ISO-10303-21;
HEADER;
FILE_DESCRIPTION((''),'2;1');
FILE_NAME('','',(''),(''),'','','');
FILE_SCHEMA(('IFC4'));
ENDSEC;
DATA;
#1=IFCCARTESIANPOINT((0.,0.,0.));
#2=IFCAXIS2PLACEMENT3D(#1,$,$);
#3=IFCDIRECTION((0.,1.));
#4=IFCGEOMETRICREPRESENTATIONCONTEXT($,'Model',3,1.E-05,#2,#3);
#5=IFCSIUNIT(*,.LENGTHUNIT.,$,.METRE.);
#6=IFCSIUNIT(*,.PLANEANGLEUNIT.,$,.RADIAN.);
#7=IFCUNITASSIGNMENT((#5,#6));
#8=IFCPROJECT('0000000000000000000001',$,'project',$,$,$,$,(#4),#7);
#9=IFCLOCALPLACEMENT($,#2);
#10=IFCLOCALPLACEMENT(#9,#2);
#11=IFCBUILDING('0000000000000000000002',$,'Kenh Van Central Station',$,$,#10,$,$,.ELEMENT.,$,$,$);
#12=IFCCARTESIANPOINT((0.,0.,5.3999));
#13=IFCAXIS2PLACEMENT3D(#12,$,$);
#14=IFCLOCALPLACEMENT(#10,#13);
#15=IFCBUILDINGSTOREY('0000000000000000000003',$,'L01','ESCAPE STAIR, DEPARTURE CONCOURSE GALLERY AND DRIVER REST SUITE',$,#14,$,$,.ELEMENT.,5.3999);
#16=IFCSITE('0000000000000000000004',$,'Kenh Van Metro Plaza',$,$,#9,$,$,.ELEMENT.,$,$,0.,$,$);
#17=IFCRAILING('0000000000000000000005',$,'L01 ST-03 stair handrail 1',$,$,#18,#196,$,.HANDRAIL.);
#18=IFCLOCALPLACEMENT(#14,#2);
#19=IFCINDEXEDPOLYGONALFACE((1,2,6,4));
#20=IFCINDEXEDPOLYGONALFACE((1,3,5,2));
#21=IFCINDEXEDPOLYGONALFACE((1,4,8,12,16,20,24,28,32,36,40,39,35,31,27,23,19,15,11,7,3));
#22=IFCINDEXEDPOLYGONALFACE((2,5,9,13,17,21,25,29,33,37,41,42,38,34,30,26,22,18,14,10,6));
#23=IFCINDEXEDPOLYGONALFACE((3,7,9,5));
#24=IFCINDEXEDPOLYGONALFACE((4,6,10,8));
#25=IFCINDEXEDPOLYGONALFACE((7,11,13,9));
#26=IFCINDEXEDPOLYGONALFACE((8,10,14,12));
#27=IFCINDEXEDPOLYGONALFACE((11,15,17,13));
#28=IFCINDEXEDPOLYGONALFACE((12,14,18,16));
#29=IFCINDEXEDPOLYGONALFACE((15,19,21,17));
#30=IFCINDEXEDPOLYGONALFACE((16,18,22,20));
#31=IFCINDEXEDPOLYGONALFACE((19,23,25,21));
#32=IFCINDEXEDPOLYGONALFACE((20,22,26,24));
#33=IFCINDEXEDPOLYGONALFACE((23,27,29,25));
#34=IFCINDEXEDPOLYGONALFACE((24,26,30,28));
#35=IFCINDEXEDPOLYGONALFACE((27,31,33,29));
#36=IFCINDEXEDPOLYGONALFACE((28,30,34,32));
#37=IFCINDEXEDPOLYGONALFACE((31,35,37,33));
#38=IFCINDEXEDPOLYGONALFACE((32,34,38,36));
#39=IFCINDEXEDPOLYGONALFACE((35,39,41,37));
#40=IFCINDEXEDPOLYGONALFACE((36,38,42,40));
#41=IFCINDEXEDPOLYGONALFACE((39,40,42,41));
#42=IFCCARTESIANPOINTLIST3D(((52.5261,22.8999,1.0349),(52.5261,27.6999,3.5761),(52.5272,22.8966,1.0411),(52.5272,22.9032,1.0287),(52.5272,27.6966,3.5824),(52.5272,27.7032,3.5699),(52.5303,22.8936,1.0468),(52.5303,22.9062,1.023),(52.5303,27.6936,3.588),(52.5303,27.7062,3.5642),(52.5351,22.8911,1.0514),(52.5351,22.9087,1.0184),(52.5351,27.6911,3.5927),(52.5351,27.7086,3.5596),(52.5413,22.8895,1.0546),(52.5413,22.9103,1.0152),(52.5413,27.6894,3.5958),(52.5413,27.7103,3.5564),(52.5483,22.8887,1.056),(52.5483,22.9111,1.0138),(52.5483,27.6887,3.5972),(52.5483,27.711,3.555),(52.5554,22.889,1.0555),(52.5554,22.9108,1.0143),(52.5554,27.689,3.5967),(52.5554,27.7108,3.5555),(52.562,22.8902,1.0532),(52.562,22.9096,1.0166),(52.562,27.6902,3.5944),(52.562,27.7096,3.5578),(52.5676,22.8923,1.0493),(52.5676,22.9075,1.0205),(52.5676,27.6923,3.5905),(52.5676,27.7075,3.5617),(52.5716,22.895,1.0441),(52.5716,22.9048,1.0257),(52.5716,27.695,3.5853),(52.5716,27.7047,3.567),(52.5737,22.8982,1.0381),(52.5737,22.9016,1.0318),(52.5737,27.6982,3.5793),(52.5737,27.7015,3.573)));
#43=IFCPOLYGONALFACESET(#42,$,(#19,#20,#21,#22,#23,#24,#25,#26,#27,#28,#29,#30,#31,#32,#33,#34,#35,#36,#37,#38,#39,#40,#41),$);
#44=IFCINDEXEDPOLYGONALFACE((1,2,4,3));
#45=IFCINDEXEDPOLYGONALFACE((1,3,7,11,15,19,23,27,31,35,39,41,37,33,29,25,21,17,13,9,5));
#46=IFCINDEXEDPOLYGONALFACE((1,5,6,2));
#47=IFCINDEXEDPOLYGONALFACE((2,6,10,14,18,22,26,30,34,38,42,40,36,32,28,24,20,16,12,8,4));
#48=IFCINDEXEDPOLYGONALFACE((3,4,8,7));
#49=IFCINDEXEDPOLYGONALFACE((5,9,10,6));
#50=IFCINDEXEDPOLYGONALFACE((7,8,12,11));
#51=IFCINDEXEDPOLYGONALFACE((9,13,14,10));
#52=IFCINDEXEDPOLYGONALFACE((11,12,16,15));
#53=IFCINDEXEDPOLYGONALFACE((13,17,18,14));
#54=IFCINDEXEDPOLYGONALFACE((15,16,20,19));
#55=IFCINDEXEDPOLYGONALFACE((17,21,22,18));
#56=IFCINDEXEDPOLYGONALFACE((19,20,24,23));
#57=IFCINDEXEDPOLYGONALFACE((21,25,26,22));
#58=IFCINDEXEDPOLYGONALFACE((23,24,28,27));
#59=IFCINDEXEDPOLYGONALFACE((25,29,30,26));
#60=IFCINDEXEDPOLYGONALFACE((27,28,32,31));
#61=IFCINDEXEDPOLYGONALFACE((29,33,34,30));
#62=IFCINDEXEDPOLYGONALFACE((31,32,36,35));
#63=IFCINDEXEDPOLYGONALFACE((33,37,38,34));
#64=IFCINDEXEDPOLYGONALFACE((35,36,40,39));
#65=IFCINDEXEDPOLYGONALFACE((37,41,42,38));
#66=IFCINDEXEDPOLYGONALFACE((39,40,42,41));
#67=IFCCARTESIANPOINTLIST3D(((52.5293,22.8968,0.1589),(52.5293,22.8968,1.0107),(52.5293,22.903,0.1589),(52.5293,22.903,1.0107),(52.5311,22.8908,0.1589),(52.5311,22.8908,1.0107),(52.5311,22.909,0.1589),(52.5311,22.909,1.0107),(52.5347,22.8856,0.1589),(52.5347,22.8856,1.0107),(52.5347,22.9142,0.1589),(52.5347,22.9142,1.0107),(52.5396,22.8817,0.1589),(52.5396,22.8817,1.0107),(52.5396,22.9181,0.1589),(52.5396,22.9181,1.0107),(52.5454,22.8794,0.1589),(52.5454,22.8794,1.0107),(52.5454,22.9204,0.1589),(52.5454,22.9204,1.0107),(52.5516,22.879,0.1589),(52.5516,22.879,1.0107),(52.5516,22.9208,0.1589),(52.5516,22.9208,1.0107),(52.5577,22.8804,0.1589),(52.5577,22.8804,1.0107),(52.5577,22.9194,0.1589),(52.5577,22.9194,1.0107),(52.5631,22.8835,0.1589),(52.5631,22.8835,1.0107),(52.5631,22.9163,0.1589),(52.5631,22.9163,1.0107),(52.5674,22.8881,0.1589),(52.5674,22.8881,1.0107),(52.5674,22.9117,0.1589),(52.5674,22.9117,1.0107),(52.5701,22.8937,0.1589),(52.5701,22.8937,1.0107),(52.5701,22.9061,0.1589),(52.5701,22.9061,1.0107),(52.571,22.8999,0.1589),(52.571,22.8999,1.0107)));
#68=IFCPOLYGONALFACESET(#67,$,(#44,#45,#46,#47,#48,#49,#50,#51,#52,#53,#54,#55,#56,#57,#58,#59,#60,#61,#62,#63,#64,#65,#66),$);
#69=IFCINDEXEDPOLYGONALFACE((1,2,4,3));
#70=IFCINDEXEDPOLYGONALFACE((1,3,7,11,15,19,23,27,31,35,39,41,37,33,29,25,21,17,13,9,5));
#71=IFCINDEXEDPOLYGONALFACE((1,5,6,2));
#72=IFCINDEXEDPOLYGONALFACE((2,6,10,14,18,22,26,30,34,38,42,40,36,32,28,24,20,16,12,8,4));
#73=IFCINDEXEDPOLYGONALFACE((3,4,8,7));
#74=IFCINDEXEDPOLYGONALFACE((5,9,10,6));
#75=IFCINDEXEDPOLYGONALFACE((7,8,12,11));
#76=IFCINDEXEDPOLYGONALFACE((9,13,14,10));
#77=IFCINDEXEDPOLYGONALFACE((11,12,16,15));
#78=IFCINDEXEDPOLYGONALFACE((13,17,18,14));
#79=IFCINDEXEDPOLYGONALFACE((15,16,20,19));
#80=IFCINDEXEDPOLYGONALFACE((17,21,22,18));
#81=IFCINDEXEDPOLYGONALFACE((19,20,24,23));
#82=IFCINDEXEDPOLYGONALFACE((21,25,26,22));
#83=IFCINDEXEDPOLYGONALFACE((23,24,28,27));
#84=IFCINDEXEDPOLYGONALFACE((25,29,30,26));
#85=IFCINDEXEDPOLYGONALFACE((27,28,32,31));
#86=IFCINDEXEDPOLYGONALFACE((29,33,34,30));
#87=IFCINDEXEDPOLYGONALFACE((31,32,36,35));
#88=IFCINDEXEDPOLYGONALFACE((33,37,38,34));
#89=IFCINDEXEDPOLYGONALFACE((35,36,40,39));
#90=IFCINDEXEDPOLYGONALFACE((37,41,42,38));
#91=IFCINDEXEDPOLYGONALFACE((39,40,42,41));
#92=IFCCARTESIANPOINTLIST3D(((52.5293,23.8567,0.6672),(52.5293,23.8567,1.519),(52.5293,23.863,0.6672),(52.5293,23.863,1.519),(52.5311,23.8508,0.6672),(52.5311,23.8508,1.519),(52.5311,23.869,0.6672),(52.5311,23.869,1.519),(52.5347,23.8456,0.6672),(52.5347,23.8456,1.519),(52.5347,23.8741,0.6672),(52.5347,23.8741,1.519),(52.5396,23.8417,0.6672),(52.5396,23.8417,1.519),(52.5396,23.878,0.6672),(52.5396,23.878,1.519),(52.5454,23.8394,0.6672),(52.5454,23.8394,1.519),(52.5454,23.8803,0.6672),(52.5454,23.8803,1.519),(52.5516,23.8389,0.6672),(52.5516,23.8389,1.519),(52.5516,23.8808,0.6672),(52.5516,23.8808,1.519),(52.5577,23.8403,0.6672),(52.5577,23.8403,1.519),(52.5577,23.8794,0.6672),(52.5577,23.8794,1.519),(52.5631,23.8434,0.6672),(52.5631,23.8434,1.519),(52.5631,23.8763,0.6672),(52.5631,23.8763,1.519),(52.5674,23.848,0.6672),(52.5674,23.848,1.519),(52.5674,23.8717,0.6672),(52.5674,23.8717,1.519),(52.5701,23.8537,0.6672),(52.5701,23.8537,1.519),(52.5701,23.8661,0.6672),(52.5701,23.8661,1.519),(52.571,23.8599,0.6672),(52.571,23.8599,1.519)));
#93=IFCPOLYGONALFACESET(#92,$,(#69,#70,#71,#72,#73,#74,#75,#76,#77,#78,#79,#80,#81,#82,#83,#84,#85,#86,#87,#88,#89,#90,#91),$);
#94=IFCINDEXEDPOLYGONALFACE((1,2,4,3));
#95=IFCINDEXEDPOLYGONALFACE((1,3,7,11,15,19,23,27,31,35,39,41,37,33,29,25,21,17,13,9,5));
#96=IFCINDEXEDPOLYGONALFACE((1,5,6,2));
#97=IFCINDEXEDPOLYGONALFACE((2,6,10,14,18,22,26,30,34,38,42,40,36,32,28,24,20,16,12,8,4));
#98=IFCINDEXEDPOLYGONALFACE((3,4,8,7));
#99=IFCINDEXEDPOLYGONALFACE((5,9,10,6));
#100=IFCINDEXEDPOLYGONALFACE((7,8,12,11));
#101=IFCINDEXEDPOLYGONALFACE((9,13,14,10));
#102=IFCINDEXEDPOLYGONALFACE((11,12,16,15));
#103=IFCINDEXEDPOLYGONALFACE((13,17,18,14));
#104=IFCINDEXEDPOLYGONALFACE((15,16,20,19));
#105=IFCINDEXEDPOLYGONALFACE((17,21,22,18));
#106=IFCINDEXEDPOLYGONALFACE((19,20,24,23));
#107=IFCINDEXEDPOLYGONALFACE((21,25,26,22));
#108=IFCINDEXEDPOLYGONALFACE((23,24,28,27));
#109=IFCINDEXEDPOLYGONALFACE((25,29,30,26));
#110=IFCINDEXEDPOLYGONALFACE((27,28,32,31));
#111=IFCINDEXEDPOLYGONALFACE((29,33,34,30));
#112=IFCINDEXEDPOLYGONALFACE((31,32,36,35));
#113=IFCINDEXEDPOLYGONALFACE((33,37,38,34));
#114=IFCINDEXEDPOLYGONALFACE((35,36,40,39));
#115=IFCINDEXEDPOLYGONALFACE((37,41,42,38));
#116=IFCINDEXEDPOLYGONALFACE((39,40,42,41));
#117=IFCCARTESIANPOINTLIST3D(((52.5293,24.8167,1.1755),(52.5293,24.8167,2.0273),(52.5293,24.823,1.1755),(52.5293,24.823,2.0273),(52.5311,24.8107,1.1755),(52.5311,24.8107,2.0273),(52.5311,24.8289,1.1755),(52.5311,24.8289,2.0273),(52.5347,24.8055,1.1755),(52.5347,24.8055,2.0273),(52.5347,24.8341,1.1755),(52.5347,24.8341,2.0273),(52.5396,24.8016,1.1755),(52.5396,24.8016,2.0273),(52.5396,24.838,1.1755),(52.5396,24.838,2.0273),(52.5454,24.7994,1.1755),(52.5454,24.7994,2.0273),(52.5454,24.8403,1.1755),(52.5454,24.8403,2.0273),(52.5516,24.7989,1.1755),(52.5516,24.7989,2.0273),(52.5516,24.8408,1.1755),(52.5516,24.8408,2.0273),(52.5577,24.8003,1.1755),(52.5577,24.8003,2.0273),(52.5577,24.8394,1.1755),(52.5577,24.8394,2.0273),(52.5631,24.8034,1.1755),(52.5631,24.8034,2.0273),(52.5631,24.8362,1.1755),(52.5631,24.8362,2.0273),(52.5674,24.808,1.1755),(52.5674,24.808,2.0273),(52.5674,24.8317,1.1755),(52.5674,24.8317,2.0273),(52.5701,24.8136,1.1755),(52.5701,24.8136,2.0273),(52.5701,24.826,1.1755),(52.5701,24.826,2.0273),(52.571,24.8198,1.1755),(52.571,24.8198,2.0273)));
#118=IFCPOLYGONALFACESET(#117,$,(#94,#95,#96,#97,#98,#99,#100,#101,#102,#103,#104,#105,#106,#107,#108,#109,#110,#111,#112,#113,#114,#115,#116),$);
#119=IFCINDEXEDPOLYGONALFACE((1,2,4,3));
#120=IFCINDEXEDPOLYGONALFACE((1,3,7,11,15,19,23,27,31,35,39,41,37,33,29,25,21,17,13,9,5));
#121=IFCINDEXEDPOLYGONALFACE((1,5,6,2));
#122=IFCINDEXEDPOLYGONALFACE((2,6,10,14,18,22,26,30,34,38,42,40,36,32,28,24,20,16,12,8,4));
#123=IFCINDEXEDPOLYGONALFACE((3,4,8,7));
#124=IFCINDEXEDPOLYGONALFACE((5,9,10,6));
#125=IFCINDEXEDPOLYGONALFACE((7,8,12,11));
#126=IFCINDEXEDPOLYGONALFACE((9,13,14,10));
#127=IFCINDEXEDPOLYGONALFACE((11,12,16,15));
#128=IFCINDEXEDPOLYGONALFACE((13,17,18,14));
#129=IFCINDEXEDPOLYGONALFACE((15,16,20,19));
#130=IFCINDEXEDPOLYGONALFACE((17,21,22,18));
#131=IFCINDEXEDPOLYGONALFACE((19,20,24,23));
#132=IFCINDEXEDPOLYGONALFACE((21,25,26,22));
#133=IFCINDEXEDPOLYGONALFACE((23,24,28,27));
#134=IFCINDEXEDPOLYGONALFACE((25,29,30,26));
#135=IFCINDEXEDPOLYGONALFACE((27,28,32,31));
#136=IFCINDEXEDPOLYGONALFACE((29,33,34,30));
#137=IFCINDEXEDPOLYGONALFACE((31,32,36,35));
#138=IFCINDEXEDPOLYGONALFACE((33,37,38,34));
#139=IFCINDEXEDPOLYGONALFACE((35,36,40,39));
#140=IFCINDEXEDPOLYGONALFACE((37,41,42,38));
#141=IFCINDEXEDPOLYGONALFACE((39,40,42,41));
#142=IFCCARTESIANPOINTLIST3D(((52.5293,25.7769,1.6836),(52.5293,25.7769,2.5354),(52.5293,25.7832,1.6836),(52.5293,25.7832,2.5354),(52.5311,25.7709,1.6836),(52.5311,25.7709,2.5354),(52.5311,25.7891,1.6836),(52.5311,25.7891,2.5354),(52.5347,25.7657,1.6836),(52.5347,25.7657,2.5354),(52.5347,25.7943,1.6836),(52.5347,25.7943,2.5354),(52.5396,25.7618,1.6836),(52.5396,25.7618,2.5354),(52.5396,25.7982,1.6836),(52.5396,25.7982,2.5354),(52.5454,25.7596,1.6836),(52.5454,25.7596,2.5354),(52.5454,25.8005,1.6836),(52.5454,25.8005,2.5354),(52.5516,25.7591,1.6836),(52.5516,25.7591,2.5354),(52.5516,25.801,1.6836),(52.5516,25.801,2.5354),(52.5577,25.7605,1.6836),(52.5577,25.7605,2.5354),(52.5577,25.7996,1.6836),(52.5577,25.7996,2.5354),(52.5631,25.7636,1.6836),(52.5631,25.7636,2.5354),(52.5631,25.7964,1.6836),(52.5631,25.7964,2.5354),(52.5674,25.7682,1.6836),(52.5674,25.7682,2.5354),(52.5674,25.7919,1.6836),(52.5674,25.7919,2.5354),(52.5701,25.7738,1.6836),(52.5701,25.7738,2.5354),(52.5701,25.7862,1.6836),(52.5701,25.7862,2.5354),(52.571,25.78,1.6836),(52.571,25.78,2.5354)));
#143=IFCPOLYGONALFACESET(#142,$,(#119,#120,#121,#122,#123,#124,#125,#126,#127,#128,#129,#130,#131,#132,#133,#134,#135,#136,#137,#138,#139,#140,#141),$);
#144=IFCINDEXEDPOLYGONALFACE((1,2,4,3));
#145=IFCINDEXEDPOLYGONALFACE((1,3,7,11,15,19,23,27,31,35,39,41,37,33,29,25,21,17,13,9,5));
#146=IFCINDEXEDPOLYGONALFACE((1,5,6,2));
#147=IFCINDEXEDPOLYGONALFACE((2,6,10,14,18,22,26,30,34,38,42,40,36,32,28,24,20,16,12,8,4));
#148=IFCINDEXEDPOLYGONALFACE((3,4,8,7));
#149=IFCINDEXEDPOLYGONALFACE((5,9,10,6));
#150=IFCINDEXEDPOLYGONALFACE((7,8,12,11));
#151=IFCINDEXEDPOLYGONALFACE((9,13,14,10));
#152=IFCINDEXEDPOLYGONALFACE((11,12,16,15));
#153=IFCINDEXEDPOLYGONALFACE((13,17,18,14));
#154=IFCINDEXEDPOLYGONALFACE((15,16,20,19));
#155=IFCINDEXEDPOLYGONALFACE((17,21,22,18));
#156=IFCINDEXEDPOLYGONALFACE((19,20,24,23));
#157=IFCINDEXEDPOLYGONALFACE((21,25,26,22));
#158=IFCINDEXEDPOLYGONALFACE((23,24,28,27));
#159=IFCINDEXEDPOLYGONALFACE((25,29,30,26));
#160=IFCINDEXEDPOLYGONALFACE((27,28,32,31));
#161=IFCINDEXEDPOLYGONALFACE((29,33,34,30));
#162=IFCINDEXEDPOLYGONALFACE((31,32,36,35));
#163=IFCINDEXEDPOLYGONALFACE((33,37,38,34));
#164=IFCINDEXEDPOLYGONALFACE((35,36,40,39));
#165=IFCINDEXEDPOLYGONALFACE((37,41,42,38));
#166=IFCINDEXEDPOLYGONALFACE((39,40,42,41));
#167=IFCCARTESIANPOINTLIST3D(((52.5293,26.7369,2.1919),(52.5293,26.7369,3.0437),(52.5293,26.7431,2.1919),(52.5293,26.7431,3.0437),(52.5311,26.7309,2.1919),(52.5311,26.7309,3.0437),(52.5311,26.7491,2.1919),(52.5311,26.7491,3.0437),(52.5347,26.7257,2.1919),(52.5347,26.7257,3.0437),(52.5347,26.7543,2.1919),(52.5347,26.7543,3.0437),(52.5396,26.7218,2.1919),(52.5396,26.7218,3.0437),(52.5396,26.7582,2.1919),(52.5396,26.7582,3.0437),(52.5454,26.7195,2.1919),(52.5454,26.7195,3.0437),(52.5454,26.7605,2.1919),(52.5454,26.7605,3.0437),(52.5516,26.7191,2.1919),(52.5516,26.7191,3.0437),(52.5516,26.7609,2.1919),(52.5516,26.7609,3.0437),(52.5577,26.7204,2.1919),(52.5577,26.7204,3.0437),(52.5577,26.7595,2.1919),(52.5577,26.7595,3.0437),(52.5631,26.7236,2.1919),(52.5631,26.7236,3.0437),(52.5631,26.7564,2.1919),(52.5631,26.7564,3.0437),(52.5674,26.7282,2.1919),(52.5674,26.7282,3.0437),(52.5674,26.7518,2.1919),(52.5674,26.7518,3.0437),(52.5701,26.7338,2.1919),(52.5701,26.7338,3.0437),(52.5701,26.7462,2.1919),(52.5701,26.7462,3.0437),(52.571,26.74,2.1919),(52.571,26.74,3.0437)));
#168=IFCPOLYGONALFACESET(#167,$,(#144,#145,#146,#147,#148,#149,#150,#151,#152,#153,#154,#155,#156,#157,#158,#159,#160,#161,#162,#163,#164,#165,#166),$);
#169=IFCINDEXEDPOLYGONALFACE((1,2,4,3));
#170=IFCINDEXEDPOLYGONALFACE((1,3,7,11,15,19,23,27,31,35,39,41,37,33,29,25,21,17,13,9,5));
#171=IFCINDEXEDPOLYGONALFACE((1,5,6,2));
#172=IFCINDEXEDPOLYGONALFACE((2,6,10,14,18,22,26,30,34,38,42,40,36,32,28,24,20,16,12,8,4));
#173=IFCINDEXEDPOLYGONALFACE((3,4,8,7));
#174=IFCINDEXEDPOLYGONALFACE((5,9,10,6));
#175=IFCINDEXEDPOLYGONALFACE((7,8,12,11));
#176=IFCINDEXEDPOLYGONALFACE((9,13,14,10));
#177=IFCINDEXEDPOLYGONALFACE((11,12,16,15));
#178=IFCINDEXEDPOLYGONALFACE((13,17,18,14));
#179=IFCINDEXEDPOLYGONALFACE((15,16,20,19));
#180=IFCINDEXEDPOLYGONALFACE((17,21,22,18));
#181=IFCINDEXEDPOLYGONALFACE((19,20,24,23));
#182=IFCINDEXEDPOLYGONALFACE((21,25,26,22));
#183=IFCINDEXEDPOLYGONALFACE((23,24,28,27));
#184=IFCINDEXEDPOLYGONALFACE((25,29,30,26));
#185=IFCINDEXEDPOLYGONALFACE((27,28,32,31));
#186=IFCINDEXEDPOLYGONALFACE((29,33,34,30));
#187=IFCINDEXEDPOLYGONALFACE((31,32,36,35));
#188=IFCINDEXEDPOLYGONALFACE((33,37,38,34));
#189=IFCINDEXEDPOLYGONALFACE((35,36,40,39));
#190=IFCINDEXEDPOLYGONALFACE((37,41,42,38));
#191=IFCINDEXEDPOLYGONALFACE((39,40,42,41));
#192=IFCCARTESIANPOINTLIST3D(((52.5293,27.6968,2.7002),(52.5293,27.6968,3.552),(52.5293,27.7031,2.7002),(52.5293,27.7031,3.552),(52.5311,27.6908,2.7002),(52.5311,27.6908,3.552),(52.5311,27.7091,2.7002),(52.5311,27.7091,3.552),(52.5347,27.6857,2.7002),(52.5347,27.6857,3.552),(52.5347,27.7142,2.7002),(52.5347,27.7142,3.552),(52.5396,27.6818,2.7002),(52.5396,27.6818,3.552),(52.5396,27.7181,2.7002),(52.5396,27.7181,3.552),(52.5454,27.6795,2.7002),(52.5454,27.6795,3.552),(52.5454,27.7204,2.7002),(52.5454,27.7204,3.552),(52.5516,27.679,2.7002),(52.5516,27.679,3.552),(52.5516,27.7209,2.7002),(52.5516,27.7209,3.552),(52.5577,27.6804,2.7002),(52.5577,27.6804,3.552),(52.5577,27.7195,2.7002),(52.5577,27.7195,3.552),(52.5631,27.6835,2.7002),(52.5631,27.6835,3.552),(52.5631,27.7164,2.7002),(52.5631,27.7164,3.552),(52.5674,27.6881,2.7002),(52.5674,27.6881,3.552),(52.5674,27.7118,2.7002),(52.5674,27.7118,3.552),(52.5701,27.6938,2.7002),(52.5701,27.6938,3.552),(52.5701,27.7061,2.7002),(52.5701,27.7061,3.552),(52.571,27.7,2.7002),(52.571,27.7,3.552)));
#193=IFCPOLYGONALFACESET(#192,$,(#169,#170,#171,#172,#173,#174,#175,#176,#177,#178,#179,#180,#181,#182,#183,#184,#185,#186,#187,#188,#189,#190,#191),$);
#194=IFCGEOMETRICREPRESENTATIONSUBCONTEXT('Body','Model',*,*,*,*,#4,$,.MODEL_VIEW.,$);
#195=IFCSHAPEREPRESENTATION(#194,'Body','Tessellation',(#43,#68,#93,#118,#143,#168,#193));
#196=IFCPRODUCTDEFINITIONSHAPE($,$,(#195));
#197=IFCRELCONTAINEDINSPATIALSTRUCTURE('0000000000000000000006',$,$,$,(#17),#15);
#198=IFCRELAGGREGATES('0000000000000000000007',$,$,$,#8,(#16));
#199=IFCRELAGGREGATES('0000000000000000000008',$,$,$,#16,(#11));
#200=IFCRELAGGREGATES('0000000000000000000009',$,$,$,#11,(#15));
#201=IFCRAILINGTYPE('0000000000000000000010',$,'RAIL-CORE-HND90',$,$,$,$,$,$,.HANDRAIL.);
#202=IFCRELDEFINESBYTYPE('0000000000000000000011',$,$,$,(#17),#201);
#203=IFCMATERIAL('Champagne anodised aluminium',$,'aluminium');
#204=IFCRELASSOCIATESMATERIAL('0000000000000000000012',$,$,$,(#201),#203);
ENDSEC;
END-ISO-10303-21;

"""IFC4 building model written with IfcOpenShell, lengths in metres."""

from ifc_helpers import new_model, si_unit, direction, frame, origin, origin_2d, place, context, subcontext, project, spatial, circle, extrude, material, type_object, element, save


model = new_model("IFC4")

# Units and contexts
model_context = context("Model", 3, precision=1e-05, world=origin(), true_north=direction((0.0, 1.0)))
body_context = subcontext(model_context, "Body", "Model", "MODEL_VIEW")
ifc_project = project(units=[si_unit("LENGTHUNIT", "METRE"), si_unit("PLANEANGLEUNIT", "RADIAN")], contexts=[model_context])

# Site, building, storey
site_placement = place(None, origin())
site = spatial("IfcSite", under=ifc_project, at=site_placement, Name="Kenh Van Metro Plaza", CompositionType="ELEMENT", RefElevation=0.0)
building_placement = place(site_placement, origin())
building = spatial("IfcBuilding", under=site, at=building_placement, Name="Kenh Van Central Station", CompositionType="ELEMENT")
storey_placement = place(building_placement, frame((0.0, 0.0, 5.3999)))
storey = spatial("IfcBuildingStorey", under=building, at=storey_placement, Name="L01", Description="ESCAPE STAIR, DEPARTURE CONCOURSE GALLERY AND DRIVER REST SUITE", CompositionType="ELEMENT", Elevation=5.3999)

# Shared definitions
ifc_material_1 = material(Name="Champagne anodised aluminium", Category="aluminium")

# Railing
railing_type_1 = type_object("IfcRailingType", Name="RAIL-CORE-HND90", PredefinedType="HANDRAIL", material=ifc_material_1)
railing_1_placement = place(storey_placement, frame((52.55, 22.8999, 0.1589)))
element("IfcRailing", 1, at=railing_1_placement, inside=storey, type_object=railing_type_1, Name="L01 ST-03 stair handrail 1", PredefinedType="HANDRAIL", context=body_context, shape_type="SweptSolid", body=[
    extrude(circle(Radius=0.0239, at=origin_2d()), frame((0.0, 0.0, 0.876), z_axis=(0.0, 0.883784, 0.467896), x_axis=(-1.0, 0.0, 0.0)), (0.0, 0.0, 1.0), 5.4312),
    extrude(circle(Radius=0.021, at=origin_2d()), origin(), (0.0, 0.0, 1.0), 0.8518),
    extrude(circle(Radius=0.021, at=origin_2d()), frame((0.0, 0.96, 0.5083)), (0.0, 0.0, 1.0), 0.8518),
    extrude(circle(Radius=0.021, at=origin_2d()), frame((0.0, 1.9199, 1.0166)), (0.0, 0.0, 1.0), 0.8518),
    extrude(circle(Radius=0.021, at=origin_2d()), frame((0.0, 2.8801, 1.5247)), (0.0, 0.0, 1.0), 0.8518),
    extrude(circle(Radius=0.021, at=origin_2d()), frame((0.0, 3.8401, 2.033)), (0.0, 0.0, 1.0), 0.8518),
    extrude(circle(Radius=0.021, at=origin_2d()), frame((0.0, 4.8, 2.5413)), (0.0, 0.0, 1.0), 0.8518),
])

save(model, "model.ifc")
